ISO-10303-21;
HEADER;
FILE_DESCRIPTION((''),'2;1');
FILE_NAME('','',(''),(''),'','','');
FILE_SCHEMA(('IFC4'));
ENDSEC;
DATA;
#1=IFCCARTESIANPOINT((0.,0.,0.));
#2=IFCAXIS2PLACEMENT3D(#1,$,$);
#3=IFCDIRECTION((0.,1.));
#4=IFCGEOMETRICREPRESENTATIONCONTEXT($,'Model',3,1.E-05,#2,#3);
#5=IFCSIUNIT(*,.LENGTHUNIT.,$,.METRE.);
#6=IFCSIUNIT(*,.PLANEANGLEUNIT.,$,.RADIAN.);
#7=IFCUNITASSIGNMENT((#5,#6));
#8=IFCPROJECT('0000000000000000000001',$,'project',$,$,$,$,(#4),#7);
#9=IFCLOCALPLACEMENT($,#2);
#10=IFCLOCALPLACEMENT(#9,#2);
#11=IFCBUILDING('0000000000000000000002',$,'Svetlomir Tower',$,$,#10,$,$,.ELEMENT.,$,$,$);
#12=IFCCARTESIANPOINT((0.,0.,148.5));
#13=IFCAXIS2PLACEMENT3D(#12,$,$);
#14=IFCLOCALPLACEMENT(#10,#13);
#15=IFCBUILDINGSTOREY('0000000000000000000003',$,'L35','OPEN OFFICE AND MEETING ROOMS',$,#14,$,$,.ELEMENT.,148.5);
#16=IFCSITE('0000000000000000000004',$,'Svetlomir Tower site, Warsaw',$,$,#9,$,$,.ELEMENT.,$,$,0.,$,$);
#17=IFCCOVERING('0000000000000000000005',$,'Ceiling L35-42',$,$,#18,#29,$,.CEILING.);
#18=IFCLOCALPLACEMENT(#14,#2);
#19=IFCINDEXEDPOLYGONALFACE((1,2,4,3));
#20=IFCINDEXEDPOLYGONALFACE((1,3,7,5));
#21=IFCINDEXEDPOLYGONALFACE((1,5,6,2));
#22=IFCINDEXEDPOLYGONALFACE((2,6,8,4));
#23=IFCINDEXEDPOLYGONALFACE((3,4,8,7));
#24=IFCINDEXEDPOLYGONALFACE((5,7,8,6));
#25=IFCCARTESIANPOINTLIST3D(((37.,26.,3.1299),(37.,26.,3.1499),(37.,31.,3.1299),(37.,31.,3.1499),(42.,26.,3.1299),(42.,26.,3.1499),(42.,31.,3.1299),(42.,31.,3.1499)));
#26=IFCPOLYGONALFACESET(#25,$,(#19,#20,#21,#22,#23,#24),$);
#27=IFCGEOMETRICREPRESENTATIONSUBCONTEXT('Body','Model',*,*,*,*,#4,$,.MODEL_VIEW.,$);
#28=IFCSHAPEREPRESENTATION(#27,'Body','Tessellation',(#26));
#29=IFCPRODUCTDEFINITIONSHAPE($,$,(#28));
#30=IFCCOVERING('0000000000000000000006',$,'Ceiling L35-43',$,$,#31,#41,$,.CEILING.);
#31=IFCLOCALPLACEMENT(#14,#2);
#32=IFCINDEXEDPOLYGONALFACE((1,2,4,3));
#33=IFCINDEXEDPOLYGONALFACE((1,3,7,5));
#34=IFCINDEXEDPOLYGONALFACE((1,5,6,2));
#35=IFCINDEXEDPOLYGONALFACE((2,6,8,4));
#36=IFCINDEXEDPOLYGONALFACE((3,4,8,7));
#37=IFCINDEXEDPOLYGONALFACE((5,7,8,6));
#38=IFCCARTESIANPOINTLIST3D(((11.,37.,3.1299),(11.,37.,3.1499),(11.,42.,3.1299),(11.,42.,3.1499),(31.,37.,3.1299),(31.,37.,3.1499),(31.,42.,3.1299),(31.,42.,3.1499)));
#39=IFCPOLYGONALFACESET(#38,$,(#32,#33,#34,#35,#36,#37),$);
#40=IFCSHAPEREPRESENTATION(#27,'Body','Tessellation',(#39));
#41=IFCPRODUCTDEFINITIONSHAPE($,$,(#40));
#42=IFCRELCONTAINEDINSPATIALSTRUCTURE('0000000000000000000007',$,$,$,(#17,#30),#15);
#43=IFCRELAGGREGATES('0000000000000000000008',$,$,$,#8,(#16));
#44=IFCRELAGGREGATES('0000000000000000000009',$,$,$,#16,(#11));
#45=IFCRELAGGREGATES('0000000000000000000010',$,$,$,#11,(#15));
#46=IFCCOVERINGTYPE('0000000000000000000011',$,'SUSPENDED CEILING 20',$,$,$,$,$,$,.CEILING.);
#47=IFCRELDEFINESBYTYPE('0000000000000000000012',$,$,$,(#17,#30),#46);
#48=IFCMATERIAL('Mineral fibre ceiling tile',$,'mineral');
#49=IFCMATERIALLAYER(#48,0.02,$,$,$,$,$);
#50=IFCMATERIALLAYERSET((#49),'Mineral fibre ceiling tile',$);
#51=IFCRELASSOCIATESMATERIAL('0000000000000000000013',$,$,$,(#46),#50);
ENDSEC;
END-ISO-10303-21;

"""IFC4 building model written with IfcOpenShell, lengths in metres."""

from ifc_helpers import new_model, si_unit, direction, frame, origin, place, context, subcontext, project, spatial, polyline, outline, extrude, material, layer, layer_set, type_object, element, save


model = new_model("IFC4")

# Units and contexts
model_context = context("Model", 3, precision=1e-05, world=origin(), true_north=direction((0.0, 1.0)))
body_context = subcontext(model_context, "Body", "Model", "MODEL_VIEW")
ifc_project = project(units=[si_unit("LENGTHUNIT", "METRE"), si_unit("PLANEANGLEUNIT", "RADIAN")], contexts=[model_context])

# Site, building, storey
site_placement = place(None, origin())
site = spatial("IfcSite", under=ifc_project, at=site_placement, Name="Svetlomir Tower site, Warsaw", CompositionType="ELEMENT", RefElevation=0.0)
building_placement = place(site_placement, origin())
building = spatial("IfcBuilding", under=site, at=building_placement, Name="Svetlomir Tower", CompositionType="ELEMENT")
storey_placement = place(building_placement, frame((0.0, 0.0, 148.5)))
storey = spatial("IfcBuildingStorey", under=building, at=storey_placement, Name="L35", Description="OPEN OFFICE AND MEETING ROOMS", CompositionType="ELEMENT", Elevation=148.5)

# Coverings
ifc_material_1 = material(Name="Mineral fibre ceiling tile", Category="mineral")
ifc_layer_1 = layer(ifc_material_1, 0.02)
ifc_layer_set_1 = layer_set([ifc_layer_1], Name="Mineral fibre ceiling tile")
covering_type_1 = type_object("IfcCoveringType", Name="SUSPENDED CEILING 20", PredefinedType="CEILING", material=ifc_layer_set_1)
covering_1_placement = place(storey_placement, frame((0.0, 0.0, 3.1299)))
element("IfcCovering", 1, at=covering_1_placement, inside=storey, type_object=covering_type_1, Name="Ceiling L35-42", PredefinedType="CEILING", context=body_context, shape_type="SweptSolid", body=[
    extrude(outline(polyline([(42.0, 26.0), (37.0, 26.0), (37.0, 31.0), (42.0, 31.0), (42.0, 26.0)])), origin(), (0.0, 0.0, 1.0), 0.02),
])
covering_2_placement = place(storey_placement, frame((0.0, 0.0, 3.1299)))
element("IfcCovering", 2, at=covering_2_placement, inside=storey, type_object=covering_type_1, Name="Ceiling L35-43", PredefinedType="CEILING", context=body_context, shape_type="SweptSolid", body=[
    extrude(outline(polyline([(31.0, 37.0), (11.0, 37.0), (11.0, 42.0), (31.0, 42.0), (31.0, 37.0)])), origin(), (0.0, 0.0, 1.0), 0.02),
])

save(model, "model.ifc")
